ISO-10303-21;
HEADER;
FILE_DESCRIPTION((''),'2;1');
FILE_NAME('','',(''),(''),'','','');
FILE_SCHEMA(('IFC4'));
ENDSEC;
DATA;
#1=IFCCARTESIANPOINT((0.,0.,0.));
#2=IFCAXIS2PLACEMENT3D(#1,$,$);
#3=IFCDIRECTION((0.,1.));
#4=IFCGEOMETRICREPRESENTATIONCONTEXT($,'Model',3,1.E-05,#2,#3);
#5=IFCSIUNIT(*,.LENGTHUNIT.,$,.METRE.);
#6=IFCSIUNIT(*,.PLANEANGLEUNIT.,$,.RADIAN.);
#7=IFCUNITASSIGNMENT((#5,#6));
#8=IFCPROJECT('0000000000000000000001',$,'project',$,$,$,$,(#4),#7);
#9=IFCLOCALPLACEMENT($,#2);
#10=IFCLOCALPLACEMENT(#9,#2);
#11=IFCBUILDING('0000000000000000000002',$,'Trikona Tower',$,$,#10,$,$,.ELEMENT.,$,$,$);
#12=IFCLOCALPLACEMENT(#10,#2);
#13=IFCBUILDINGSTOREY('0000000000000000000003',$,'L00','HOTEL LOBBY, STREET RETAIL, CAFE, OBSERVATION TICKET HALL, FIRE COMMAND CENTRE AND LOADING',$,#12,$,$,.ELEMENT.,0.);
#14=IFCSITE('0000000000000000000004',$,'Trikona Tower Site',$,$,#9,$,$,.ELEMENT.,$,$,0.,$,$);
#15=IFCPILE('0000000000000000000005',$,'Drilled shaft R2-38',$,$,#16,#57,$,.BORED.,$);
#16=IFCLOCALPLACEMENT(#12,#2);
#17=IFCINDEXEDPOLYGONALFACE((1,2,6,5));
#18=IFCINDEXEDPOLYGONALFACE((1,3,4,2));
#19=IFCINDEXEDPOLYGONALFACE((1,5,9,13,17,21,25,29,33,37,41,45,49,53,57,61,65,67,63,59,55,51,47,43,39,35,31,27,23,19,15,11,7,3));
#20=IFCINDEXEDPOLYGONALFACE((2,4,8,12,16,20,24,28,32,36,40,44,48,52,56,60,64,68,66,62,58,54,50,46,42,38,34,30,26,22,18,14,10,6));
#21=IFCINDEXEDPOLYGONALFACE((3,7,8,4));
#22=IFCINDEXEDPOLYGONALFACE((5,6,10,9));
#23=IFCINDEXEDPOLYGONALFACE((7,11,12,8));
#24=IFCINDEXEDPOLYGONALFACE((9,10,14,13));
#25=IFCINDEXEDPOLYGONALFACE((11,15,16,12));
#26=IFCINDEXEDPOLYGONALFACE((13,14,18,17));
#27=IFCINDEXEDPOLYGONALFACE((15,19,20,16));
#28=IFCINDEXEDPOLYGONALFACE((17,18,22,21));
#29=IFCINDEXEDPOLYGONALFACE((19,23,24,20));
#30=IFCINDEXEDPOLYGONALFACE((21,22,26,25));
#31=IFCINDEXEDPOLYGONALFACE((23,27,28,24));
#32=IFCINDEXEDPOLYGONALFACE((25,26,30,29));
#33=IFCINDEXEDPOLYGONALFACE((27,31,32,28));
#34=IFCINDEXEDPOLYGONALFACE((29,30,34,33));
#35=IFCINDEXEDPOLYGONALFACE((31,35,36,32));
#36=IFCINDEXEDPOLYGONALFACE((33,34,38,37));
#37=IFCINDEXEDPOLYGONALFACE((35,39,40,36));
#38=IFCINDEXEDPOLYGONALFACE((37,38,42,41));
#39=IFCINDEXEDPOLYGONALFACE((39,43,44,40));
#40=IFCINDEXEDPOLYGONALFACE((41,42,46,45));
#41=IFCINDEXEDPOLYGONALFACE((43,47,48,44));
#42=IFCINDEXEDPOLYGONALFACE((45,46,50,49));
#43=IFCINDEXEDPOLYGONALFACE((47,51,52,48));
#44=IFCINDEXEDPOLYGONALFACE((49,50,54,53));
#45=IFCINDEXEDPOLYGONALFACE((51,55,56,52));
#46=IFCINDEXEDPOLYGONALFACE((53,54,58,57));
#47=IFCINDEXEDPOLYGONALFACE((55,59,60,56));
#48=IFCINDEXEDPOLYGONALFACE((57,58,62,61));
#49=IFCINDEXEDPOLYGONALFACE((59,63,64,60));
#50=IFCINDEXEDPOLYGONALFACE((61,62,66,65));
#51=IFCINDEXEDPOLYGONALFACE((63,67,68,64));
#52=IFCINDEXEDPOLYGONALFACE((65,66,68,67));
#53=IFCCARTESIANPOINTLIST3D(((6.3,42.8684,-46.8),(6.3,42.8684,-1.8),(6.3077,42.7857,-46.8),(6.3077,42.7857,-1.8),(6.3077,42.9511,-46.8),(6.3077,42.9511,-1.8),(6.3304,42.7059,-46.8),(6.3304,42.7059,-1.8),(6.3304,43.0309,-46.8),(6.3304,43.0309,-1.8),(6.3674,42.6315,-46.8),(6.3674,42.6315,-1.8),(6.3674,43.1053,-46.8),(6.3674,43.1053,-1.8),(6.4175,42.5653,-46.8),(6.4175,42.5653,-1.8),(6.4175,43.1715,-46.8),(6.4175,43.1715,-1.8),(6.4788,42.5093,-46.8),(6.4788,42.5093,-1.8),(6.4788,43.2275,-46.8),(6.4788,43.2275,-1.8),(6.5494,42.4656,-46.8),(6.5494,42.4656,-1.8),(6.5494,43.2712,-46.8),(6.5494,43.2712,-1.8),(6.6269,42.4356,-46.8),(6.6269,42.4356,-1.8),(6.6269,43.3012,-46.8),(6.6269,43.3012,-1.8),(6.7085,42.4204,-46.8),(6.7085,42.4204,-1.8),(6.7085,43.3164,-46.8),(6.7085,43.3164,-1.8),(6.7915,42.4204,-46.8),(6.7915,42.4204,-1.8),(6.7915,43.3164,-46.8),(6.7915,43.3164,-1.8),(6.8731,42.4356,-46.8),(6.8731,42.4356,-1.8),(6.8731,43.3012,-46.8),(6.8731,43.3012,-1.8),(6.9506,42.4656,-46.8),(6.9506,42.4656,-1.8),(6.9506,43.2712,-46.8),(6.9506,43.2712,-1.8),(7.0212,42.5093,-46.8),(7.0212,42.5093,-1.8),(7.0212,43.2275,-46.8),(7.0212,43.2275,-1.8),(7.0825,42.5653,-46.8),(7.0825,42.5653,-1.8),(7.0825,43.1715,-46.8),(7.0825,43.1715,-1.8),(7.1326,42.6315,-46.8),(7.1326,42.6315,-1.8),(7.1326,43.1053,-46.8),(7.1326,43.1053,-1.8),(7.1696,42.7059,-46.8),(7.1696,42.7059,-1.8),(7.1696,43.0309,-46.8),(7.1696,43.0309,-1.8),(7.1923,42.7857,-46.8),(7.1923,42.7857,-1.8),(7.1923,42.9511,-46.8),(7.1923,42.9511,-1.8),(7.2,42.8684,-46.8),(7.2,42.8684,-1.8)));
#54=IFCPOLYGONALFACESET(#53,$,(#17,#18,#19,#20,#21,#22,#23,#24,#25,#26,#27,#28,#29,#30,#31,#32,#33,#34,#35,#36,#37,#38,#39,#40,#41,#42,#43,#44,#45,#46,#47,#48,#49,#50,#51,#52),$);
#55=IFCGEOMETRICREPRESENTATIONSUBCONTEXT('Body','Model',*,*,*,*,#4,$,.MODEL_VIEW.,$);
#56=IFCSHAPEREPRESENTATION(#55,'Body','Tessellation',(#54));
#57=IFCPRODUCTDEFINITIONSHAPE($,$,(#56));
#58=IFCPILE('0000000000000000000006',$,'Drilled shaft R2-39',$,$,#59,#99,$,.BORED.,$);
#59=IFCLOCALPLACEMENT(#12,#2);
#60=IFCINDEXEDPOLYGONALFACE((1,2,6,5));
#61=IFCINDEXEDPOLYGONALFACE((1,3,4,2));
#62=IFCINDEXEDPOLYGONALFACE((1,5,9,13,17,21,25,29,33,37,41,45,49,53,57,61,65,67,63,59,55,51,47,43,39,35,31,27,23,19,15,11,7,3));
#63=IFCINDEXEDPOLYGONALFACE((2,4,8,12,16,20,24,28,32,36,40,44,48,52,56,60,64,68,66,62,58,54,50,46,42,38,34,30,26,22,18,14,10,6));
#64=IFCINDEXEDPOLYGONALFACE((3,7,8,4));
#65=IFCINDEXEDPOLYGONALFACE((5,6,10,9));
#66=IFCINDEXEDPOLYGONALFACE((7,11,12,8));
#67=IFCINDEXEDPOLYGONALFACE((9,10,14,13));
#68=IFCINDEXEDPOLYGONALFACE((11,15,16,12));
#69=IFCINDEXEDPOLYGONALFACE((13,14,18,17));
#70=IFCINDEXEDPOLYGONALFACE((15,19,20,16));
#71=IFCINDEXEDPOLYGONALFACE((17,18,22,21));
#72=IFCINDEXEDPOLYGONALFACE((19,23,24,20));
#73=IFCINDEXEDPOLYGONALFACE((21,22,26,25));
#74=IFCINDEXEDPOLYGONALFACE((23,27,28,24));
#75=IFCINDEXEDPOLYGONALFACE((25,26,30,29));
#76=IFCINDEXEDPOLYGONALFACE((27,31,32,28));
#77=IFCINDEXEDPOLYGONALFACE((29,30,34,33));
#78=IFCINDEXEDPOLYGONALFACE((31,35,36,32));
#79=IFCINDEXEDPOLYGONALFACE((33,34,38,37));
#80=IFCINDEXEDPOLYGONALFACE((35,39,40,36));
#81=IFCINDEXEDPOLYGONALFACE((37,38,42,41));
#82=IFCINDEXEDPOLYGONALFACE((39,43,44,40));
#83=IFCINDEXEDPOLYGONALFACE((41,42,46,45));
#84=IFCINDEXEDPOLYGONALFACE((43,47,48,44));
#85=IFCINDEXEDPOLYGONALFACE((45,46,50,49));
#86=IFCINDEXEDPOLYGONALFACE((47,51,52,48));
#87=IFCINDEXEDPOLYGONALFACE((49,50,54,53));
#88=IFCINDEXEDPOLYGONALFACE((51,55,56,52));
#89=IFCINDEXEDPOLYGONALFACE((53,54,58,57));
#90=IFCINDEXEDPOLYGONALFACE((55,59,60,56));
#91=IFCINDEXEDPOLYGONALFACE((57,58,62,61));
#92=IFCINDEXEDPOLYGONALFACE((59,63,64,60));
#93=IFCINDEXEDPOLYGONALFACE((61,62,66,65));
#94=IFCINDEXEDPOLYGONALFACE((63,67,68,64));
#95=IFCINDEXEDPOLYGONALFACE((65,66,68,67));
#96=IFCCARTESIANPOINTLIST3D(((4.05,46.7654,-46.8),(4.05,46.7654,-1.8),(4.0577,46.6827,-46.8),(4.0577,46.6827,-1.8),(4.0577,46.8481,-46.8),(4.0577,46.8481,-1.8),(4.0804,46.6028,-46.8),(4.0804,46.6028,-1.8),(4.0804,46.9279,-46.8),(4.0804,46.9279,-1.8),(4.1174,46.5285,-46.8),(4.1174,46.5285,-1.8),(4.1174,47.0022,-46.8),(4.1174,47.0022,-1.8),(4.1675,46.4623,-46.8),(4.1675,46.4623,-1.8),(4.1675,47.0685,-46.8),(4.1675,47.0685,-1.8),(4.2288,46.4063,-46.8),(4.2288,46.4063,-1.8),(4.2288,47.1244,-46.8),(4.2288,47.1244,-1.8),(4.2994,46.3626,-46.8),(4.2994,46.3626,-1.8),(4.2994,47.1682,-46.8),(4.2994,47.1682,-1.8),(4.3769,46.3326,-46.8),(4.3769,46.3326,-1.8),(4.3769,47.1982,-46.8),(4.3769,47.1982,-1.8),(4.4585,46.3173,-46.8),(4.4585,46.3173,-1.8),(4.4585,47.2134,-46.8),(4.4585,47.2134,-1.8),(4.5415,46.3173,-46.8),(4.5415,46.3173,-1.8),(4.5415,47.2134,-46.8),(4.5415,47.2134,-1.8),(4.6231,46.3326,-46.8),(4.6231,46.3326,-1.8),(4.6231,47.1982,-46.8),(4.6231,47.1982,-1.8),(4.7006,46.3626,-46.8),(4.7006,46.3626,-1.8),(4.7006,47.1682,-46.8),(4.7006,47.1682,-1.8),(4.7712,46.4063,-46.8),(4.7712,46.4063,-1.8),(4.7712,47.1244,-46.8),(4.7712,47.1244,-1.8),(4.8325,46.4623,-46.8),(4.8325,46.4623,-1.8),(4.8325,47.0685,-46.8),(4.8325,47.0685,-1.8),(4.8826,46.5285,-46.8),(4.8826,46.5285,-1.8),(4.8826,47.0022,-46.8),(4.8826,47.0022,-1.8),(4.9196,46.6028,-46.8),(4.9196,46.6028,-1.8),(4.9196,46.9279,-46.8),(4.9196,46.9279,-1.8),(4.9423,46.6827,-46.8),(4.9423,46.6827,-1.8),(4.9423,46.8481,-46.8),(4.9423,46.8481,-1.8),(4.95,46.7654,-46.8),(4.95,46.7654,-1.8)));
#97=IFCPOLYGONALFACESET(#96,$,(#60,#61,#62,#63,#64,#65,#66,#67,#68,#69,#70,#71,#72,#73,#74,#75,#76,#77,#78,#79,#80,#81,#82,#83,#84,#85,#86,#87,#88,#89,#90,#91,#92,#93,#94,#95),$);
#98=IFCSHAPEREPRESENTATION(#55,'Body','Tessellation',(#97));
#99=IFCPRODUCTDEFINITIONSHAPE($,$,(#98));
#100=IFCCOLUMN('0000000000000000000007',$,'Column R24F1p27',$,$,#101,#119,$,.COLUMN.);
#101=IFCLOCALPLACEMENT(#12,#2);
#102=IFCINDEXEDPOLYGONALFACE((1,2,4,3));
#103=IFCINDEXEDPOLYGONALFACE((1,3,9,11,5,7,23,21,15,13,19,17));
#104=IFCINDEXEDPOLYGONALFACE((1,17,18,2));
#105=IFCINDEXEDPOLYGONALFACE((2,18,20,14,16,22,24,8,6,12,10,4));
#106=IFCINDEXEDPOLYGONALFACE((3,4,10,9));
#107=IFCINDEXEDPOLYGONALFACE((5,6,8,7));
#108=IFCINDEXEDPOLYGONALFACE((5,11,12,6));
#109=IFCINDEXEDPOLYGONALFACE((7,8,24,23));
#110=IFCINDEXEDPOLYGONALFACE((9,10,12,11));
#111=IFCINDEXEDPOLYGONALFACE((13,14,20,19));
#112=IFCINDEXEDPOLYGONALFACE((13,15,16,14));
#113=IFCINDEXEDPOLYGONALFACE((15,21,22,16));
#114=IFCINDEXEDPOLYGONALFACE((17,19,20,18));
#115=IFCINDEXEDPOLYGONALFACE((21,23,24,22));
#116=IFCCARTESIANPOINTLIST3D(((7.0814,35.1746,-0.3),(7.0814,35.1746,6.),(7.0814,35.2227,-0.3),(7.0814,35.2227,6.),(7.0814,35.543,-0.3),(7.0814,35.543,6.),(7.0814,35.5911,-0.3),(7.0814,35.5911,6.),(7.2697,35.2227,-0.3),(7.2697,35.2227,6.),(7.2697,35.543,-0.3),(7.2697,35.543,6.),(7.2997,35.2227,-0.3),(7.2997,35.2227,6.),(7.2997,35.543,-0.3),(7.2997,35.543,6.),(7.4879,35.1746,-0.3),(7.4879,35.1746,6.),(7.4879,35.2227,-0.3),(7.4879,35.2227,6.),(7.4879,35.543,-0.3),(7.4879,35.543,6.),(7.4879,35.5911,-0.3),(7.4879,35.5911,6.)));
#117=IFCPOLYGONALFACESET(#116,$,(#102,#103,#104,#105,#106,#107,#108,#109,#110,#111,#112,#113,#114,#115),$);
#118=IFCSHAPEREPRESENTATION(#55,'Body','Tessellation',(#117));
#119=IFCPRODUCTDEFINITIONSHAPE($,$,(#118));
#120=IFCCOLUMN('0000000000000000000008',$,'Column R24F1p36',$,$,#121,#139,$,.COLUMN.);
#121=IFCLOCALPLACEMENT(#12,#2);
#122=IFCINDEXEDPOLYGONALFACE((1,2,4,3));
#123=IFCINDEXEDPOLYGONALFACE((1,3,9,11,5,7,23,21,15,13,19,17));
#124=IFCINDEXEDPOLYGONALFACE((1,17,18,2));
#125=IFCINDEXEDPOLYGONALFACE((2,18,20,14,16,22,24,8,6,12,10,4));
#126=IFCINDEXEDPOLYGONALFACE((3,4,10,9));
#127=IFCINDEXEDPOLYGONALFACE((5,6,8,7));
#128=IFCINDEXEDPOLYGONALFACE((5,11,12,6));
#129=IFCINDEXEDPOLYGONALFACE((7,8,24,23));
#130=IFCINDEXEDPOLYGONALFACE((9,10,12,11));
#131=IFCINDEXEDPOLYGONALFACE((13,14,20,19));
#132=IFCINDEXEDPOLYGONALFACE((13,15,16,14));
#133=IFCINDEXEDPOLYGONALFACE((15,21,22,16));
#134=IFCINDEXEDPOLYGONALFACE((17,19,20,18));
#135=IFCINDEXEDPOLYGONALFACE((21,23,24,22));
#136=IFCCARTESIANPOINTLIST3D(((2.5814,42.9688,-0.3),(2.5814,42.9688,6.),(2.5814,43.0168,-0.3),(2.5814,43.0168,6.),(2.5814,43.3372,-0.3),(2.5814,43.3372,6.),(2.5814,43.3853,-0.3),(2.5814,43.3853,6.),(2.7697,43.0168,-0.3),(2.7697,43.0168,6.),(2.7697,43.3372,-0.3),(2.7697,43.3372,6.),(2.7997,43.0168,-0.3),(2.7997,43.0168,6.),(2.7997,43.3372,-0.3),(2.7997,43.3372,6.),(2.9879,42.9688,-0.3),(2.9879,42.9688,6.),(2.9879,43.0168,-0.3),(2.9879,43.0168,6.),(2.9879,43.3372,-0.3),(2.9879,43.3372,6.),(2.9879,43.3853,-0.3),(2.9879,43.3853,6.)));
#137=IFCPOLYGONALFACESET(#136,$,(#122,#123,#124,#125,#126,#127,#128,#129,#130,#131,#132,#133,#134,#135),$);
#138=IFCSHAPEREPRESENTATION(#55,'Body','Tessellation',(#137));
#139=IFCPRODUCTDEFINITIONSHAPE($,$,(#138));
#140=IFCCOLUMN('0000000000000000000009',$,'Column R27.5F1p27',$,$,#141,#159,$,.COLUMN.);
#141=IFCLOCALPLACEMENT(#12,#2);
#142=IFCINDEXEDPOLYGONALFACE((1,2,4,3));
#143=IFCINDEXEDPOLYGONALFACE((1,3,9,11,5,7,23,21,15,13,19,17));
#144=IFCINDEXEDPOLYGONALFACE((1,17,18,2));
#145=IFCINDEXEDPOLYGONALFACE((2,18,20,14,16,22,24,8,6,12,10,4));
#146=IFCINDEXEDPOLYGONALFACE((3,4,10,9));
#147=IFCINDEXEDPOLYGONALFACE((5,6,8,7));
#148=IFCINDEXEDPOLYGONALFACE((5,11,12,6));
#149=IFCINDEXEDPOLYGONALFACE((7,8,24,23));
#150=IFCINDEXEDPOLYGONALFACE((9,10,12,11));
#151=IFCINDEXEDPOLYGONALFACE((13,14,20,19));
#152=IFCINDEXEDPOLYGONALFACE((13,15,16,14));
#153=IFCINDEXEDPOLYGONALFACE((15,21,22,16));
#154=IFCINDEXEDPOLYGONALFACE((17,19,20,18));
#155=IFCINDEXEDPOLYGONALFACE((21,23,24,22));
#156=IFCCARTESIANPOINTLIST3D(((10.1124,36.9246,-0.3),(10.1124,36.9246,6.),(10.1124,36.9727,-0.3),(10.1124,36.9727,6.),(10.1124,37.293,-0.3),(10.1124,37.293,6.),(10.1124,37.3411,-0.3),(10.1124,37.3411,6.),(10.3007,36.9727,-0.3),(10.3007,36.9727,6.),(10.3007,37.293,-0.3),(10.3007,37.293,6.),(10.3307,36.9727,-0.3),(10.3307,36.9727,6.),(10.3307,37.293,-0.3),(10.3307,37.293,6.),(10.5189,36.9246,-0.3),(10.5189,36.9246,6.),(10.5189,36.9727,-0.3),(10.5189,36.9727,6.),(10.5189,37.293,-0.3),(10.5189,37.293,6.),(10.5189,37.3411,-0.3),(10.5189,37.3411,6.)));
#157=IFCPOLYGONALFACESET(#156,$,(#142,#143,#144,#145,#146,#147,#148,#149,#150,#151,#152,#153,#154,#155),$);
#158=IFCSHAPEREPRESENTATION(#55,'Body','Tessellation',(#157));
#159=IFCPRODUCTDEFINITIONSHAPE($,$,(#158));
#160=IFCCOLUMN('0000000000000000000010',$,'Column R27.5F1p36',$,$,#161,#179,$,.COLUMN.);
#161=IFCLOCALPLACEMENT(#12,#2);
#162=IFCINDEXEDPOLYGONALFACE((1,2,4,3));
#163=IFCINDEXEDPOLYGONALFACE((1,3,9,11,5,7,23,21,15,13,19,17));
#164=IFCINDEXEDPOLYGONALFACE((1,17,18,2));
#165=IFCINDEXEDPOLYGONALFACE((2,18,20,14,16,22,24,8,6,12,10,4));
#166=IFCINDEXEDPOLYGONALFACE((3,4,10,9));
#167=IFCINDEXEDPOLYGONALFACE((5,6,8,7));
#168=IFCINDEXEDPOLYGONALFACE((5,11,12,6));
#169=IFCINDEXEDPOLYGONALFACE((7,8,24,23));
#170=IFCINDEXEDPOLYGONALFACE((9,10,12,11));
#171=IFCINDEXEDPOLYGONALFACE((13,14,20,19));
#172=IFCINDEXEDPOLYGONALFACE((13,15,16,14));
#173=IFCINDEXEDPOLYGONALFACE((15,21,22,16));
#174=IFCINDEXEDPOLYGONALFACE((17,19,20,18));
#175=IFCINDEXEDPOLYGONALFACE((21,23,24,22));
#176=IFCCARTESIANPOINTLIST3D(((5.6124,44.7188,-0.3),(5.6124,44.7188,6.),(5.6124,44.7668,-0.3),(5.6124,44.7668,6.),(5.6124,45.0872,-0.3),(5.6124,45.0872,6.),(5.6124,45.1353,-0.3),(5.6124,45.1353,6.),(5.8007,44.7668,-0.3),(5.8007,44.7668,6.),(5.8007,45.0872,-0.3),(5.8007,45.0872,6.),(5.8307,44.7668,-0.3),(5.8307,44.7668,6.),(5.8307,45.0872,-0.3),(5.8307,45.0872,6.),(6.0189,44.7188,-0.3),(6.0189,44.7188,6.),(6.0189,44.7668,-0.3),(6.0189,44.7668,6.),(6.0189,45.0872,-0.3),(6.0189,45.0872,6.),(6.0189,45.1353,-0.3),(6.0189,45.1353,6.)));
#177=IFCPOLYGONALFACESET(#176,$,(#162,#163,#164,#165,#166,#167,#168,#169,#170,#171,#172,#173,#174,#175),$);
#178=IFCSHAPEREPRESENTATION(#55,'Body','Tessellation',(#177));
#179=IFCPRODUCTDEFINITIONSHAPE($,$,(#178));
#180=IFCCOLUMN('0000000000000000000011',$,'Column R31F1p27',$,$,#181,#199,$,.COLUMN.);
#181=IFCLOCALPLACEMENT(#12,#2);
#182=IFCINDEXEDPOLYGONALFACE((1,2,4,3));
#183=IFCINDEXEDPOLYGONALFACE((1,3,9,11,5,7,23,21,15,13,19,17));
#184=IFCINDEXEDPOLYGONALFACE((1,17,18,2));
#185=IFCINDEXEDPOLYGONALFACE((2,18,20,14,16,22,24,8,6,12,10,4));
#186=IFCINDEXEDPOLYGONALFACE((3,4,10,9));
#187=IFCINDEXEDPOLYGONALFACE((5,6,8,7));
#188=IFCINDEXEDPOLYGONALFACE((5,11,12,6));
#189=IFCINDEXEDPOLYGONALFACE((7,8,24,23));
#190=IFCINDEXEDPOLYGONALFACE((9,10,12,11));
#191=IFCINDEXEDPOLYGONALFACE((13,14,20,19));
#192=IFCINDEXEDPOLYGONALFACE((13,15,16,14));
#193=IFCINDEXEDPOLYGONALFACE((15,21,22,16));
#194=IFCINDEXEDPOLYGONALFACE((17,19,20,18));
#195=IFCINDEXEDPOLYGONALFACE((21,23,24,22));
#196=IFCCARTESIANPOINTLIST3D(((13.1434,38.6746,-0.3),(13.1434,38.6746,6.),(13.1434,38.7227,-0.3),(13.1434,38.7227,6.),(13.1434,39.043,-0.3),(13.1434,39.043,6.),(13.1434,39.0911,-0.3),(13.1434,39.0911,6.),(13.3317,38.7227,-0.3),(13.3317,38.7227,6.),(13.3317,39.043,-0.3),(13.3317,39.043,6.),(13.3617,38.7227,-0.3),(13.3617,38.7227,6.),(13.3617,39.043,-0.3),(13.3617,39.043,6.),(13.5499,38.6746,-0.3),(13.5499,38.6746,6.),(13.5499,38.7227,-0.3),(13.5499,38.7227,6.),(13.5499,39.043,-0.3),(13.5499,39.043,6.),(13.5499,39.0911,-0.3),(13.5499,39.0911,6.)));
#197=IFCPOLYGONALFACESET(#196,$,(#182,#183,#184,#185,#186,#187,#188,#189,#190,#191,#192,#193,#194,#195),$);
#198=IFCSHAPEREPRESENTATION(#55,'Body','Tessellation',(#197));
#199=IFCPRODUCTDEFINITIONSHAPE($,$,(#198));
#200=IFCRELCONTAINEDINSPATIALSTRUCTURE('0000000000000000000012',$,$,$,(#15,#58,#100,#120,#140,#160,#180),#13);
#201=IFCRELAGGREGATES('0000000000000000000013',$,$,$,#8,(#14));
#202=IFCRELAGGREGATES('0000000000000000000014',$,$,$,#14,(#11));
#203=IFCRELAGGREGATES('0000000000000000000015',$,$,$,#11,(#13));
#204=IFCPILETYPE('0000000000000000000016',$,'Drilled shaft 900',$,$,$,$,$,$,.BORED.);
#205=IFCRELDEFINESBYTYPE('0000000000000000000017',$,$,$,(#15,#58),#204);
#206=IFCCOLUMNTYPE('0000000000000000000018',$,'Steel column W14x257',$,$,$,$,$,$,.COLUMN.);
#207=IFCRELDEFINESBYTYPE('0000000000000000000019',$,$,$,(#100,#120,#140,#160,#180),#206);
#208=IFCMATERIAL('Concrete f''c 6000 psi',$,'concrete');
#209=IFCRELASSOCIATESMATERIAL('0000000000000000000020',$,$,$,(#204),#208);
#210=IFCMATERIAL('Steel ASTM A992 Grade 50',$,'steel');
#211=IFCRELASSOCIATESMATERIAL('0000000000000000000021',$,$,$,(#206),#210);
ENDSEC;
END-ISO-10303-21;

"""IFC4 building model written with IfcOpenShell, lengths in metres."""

from ifc_helpers import new_model, si_unit, direction, frame, origin, origin_2d, place, context, subcontext, project, spatial, circle, i_section, extrude, material, material_profile, profile_set, type_object, element, save


model = new_model("IFC4")

# Units and contexts
model_context = context("Model", 3, precision=1e-05, world=origin(), true_north=direction((0.0, 1.0)))
body_context = subcontext(model_context, "Body", "Model", "MODEL_VIEW")
ifc_project = project(units=[si_unit("LENGTHUNIT", "METRE"), si_unit("PLANEANGLEUNIT", "RADIAN")], contexts=[model_context])

# Site, building, storey
site_placement = place(None, origin())
site = spatial("IfcSite", under=ifc_project, at=site_placement, Name="Trikona Tower Site", CompositionType="ELEMENT", RefElevation=0.0)
building_placement = place(site_placement, origin())
building = spatial("IfcBuilding", under=site, at=building_placement, Name="Trikona Tower", CompositionType="ELEMENT")
storey_placement = place(building_placement, origin())
storey = spatial("IfcBuildingStorey", under=building, at=storey_placement, Name="L00", Description="HOTEL LOBBY, STREET RETAIL, CAFE, OBSERVATION TICKET HALL, FIRE COMMAND CENTRE AND LOADING", CompositionType="ELEMENT", Elevation=0.0)

# Piles
ifc_material_1 = material(Name="Concrete f'c 6000 psi", Category="concrete")
pile_type = type_object("IfcPileType", Name="Drilled shaft 900", PredefinedType="BORED", material=ifc_material_1)
for number, where, z_axis, x_axis, name in (
    (1, (6.75, 42.8684, -1.8), (0.0, 0.0, -1.0), (1.0, 0.0, 0.0), "Drilled shaft R2-38"),
    (2, (4.5, 46.7654, -1.8), (0.0, 0.0, -1.0), (1.0, 0.0, 0.0), "Drilled shaft R2-39"),
):
    element("IfcPile", number, at=place(storey_placement, frame(where, z_axis=z_axis, x_axis=x_axis)), inside=storey, type_object=pile_type, Name=name, PredefinedType="BORED", context=body_context, shape_type="SweptSolid", body=[
        extrude(circle(Radius=0.45, at=origin_2d()), origin(), (0.0, 0.0, 1.0), 45.0),
    ])

# Columns
ifc_material_2 = material(Name="Steel ASTM A992 Grade 50", Category="steel")
ifc_material_profile_1 = material_profile(ifc_material_2, i_section(OverallWidth=0.4065, OverallDepth=0.4165, WebThickness=0.03, FlangeThickness=0.0481, at=origin_2d()), Name="W14X257")
ifc_profile_set_1 = profile_set([ifc_material_profile_1], Name="Steel ASTM A992 Grade 50")
column_type = type_object("IfcColumnType", Name="Steel column W14x257", PredefinedType="COLUMN", material=ifc_profile_set_1)
for number, where, z_axis, x_axis, name in (
    (3, (7.2847, 35.3828, -0.3), (0.0, 0.0, 1.0), (1.0, 0.0, 0.0), "Column R24F1p27"),
    (4, (2.7847, 43.177, -0.3), (0.0, 0.0, 1.0), (1.0, 0.0, 0.0), "Column R24F1p36"),
    (5, (10.3157, 37.1328, -0.3), (0.0, 0.0, 1.0), (1.0, 0.0, 0.0), "Column R27.5F1p27"),
    (6, (5.8157, 44.927, -0.3), (0.0, 0.0, 1.0), (1.0, 0.0, 0.0), "Column R27.5F1p36"),
    (7, (13.3467, 38.8828, -0.3), (0.0, 0.0, 1.0), (1.0, 0.0, 0.0), "Column R31F1p27"),
):
    element("IfcColumn", number, at=place(storey_placement, frame(where, z_axis=z_axis, x_axis=x_axis)), inside=storey, type_object=column_type, Name=name, PredefinedType="COLUMN", context=body_context, shape_type="SweptSolid", body=[
        extrude(i_section(OverallWidth=0.4065, OverallDepth=0.4165, WebThickness=0.03, FlangeThickness=0.0481, at=origin_2d()), origin(), (0.0, 0.0, 1.0), 6.3),
    ])

save(model, "model.ifc")
